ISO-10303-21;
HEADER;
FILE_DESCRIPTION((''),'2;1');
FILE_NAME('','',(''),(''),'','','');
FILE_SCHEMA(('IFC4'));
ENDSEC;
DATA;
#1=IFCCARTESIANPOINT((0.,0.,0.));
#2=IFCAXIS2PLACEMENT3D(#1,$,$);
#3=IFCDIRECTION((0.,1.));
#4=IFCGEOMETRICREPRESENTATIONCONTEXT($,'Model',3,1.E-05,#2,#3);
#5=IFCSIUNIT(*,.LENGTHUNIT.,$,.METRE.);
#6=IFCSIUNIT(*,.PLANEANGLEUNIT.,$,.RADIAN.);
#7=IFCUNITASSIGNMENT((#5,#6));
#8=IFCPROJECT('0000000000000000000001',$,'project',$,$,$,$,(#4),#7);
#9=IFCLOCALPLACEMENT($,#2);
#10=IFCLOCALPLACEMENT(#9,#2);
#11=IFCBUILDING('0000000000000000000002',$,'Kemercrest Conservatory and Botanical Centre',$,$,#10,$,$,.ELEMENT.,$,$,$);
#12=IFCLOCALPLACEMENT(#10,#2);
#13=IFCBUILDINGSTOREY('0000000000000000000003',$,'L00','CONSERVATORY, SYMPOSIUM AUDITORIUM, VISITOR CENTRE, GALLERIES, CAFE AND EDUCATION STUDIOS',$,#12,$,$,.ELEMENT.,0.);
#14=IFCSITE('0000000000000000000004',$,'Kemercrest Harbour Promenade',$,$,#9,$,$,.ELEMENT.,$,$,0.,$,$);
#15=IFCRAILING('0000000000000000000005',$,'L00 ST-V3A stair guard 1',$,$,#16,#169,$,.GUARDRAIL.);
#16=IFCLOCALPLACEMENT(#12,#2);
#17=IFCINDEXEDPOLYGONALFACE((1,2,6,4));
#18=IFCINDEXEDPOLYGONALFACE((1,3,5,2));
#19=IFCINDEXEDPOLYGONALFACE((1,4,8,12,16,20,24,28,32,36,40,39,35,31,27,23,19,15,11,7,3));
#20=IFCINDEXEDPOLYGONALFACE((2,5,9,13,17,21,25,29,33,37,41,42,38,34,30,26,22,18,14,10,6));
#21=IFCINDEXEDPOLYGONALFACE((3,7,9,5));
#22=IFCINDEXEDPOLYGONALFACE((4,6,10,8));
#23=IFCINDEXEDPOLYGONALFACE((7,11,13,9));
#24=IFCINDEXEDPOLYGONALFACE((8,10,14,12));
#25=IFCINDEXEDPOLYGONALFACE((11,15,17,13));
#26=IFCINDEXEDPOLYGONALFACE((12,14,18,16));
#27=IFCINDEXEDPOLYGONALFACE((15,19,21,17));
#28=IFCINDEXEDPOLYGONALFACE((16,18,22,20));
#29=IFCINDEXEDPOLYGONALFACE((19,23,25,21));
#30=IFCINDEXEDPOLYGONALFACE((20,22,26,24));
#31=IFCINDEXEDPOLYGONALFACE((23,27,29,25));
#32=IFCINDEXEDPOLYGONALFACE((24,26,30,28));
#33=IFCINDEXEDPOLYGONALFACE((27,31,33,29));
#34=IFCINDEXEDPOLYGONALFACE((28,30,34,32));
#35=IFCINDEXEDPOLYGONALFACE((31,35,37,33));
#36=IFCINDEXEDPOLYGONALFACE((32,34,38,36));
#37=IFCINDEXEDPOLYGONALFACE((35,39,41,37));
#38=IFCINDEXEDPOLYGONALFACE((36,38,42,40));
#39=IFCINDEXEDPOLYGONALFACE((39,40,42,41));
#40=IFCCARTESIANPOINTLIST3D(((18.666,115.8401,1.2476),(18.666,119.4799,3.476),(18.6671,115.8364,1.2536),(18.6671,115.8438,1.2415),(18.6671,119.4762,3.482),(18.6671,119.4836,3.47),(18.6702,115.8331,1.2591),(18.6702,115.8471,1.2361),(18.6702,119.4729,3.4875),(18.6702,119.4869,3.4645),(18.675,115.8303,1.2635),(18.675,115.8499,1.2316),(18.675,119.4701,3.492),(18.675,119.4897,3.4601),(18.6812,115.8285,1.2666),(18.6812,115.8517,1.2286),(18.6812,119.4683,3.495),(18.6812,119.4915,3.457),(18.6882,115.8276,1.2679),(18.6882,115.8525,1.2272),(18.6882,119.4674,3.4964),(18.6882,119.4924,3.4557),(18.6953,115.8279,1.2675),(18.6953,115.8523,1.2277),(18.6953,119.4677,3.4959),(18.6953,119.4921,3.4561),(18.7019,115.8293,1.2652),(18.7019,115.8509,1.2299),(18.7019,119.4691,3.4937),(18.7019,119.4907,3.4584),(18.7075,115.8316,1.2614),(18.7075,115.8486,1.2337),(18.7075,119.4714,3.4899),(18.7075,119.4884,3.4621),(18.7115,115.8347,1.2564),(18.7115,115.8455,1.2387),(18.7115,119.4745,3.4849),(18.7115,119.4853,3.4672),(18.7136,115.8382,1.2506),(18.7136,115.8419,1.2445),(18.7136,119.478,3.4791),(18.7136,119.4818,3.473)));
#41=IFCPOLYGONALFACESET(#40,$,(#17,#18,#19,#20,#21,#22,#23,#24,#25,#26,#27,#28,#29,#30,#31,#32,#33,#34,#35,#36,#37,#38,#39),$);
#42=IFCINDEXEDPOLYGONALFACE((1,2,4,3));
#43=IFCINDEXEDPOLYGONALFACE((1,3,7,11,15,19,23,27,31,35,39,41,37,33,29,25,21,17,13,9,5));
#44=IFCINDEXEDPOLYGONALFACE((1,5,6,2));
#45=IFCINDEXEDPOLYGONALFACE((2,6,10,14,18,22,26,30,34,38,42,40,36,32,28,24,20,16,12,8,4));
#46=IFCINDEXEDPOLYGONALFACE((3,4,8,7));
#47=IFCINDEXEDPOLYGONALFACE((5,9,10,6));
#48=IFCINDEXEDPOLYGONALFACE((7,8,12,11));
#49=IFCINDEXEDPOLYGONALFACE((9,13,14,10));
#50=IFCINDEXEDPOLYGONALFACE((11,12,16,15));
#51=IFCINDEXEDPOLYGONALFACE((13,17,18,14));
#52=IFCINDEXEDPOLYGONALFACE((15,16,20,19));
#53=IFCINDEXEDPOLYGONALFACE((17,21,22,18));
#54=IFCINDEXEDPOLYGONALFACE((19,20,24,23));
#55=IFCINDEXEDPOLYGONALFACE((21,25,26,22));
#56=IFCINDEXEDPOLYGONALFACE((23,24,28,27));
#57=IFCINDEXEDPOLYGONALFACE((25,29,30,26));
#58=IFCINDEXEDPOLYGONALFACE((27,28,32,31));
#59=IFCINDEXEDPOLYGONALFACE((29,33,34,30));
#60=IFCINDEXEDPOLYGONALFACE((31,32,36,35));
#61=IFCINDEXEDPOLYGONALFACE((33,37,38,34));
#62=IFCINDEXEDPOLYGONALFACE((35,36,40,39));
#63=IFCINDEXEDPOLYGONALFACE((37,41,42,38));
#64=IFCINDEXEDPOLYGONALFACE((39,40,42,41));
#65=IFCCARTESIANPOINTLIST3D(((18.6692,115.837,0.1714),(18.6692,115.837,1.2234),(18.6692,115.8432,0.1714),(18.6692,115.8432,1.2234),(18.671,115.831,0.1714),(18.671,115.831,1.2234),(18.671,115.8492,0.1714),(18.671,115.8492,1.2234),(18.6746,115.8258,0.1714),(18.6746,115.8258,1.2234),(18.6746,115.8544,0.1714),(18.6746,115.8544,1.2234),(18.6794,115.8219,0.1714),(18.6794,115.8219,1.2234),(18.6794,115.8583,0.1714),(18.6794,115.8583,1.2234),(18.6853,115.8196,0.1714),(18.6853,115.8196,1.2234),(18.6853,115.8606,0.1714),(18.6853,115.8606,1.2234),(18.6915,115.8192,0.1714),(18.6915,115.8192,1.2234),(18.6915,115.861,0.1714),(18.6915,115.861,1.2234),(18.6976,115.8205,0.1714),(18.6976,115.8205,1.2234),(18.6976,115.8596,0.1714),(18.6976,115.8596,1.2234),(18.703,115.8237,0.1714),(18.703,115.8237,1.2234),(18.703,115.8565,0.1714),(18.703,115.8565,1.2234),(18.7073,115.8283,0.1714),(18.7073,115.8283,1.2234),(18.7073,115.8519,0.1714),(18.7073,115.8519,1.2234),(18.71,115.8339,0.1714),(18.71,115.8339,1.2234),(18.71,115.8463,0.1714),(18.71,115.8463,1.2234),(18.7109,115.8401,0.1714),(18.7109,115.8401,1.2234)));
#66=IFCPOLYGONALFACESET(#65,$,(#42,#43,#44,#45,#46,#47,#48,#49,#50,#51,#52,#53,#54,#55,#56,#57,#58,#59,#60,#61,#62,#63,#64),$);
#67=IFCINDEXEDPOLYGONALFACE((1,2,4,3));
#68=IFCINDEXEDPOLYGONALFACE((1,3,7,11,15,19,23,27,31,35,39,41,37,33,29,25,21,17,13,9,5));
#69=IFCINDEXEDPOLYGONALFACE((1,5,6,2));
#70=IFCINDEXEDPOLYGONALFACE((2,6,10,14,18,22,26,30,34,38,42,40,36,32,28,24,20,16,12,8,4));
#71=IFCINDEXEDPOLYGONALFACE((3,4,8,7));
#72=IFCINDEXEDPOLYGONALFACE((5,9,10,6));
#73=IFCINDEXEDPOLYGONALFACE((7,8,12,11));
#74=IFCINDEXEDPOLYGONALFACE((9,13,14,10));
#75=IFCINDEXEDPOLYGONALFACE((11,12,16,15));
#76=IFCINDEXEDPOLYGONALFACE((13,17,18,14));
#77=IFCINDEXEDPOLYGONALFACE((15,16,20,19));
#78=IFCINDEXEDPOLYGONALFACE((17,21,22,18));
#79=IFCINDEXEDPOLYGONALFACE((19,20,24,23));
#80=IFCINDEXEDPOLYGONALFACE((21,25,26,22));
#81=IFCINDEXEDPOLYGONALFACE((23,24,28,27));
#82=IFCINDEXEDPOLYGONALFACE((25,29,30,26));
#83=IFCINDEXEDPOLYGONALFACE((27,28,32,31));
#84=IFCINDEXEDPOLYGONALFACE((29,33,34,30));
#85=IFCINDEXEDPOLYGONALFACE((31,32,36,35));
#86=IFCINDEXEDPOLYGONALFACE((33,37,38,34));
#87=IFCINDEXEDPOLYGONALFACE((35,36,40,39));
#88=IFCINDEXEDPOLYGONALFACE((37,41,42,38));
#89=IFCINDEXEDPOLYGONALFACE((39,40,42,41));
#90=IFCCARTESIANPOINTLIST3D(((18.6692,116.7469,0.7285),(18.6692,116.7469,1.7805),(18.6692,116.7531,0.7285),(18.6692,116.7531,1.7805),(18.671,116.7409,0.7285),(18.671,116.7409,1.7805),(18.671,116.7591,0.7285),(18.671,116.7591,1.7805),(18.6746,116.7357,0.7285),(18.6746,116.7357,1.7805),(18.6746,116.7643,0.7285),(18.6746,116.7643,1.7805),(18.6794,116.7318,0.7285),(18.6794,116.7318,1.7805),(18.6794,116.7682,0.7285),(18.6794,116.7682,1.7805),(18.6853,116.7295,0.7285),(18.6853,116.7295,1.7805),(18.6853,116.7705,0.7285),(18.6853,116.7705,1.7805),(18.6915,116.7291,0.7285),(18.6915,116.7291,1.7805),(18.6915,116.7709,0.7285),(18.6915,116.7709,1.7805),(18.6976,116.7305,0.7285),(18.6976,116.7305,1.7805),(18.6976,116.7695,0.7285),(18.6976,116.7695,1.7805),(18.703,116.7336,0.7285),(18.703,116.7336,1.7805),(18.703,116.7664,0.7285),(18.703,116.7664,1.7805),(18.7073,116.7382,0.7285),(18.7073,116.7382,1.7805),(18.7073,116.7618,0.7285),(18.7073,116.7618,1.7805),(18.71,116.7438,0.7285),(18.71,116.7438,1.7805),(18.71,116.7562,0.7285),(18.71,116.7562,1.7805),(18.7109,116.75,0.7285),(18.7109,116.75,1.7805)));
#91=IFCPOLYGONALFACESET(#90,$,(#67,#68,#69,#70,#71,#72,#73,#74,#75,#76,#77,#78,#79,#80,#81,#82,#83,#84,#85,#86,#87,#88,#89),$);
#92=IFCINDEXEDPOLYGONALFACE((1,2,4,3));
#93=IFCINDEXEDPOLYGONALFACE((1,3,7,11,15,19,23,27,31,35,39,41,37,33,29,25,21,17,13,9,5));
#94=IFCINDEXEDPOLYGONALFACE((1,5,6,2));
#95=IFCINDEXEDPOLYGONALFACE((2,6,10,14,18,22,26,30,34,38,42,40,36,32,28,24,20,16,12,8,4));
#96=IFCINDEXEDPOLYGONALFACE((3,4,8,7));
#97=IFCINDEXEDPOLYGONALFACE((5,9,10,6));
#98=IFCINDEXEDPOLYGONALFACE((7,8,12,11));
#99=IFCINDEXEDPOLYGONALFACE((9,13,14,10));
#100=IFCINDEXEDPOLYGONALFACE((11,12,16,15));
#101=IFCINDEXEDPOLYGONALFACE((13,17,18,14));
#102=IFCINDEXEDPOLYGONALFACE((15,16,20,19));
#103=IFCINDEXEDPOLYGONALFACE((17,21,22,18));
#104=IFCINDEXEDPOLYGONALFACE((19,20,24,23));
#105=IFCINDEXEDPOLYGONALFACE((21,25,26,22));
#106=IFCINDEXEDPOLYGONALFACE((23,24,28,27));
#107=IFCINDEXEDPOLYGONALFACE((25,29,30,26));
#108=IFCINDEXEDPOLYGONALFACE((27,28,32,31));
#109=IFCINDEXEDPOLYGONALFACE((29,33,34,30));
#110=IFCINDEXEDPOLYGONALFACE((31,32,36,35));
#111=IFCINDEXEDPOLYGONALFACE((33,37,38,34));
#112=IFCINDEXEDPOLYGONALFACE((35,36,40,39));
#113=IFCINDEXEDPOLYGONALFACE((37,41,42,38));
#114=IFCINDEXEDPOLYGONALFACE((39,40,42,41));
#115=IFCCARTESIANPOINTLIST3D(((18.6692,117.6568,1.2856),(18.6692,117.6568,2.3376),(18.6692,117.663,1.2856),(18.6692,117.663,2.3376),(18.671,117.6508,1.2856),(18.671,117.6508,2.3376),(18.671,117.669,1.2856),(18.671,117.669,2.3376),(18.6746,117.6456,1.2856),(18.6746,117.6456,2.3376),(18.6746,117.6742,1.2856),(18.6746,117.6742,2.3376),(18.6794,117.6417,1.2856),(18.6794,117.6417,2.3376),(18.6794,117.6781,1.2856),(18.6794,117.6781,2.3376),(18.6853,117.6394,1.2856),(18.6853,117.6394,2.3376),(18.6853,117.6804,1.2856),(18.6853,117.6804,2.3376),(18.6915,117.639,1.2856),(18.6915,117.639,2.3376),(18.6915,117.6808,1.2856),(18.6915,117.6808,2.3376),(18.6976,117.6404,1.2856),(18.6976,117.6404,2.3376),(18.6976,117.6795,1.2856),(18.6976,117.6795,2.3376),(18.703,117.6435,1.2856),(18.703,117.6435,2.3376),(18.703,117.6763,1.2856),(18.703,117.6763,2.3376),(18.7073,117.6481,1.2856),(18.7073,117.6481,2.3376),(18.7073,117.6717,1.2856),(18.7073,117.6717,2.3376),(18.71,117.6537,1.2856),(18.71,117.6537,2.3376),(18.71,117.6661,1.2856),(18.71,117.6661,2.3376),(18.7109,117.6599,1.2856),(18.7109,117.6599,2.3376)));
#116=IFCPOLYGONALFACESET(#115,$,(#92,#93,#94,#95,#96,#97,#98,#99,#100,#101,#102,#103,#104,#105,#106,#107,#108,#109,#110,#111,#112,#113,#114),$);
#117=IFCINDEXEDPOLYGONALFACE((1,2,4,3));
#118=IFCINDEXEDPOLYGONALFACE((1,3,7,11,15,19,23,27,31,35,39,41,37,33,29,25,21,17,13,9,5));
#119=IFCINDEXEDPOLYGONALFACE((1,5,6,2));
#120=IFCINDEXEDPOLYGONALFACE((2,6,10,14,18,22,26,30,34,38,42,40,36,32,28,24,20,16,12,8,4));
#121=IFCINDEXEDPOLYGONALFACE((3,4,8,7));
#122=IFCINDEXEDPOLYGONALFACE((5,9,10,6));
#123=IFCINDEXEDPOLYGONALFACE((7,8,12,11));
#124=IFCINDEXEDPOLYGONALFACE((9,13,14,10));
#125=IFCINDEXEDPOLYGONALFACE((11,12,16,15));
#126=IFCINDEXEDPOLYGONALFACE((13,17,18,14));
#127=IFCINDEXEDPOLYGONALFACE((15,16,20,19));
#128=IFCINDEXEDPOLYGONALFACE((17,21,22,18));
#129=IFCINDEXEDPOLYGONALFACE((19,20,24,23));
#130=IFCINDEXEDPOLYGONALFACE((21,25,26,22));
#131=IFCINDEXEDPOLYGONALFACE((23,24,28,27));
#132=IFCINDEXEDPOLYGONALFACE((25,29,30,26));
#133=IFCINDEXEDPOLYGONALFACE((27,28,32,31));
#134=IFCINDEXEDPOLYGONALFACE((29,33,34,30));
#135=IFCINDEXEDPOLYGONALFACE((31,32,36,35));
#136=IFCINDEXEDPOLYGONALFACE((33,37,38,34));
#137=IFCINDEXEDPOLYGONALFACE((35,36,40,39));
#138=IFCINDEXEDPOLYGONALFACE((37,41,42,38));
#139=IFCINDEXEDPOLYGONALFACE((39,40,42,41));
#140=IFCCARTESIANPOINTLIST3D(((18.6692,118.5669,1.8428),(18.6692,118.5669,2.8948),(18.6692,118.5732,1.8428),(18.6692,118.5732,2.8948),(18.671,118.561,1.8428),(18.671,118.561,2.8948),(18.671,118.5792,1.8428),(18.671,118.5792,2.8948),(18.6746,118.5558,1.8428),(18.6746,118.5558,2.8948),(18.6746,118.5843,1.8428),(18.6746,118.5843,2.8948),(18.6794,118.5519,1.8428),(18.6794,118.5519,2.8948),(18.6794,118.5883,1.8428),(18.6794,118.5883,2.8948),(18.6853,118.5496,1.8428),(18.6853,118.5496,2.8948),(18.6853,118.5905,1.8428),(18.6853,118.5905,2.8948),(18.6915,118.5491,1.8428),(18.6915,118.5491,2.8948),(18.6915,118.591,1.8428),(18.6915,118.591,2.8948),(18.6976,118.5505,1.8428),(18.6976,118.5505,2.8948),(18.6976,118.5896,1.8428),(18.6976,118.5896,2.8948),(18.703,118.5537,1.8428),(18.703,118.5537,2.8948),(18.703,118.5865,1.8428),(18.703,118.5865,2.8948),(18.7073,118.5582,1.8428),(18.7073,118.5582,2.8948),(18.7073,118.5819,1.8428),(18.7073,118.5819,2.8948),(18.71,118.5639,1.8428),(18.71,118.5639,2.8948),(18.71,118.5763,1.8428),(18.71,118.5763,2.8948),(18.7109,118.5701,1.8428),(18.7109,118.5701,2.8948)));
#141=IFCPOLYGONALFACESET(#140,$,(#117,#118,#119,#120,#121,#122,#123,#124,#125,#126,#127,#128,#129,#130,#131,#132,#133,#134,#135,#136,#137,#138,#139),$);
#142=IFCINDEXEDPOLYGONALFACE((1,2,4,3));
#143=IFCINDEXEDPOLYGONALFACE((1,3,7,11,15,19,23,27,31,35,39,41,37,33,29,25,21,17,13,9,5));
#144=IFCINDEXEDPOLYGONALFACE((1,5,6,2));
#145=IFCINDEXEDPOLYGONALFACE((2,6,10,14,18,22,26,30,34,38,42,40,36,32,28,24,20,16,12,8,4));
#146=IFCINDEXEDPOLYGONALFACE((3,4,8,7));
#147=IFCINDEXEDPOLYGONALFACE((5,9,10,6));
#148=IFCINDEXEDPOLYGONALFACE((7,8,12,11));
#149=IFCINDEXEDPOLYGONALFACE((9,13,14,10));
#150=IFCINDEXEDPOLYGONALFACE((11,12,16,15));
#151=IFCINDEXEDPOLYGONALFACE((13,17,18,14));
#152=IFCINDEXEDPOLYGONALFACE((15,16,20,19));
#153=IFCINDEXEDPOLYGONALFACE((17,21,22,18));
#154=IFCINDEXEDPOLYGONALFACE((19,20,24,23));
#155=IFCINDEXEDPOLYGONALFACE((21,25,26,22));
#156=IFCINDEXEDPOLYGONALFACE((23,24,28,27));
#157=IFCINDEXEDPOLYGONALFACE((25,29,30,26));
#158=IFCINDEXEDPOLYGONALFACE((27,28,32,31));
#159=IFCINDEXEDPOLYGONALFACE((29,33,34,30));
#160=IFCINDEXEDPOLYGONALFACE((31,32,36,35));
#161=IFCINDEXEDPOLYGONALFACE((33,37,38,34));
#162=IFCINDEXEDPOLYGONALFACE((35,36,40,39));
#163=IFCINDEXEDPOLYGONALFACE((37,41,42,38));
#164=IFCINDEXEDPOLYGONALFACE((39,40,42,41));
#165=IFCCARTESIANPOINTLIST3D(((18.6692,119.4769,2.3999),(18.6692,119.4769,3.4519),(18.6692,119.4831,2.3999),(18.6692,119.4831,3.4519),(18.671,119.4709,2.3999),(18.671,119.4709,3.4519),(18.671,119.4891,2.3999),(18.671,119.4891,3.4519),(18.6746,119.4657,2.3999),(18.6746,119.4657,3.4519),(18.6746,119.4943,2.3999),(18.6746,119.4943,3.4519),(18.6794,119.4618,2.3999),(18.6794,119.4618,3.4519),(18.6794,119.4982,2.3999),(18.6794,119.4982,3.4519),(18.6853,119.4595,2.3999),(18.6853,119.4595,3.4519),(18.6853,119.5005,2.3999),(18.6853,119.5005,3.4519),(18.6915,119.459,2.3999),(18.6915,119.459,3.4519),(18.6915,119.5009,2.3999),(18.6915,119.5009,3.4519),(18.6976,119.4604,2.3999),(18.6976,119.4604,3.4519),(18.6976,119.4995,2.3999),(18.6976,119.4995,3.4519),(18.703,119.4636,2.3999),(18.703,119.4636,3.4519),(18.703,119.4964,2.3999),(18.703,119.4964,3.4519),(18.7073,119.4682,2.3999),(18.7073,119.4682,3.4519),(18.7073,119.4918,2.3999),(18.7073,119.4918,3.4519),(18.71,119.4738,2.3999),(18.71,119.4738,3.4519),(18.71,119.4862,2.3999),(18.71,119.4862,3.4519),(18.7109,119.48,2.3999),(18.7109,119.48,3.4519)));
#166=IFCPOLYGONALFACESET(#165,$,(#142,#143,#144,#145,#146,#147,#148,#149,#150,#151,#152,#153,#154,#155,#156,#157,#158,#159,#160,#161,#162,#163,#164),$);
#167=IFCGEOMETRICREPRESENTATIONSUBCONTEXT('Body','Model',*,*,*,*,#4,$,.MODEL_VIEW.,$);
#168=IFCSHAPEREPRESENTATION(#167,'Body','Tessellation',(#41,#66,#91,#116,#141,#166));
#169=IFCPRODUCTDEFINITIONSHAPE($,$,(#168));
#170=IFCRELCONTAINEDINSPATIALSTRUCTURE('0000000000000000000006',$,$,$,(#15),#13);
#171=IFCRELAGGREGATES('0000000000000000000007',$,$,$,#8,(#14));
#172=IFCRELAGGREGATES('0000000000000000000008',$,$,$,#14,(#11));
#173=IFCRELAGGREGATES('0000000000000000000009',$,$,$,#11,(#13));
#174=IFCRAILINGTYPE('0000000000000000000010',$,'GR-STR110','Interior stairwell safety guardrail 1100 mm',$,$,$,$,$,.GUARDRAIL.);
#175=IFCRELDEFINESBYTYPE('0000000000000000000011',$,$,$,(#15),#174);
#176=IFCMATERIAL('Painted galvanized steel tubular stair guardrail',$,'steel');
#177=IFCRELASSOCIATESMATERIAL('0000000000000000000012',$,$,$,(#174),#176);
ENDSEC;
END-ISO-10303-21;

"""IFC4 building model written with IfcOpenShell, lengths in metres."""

from ifc_helpers import new_model, si_unit, direction, frame, origin, origin_2d, place, context, subcontext, project, spatial, circle, extrude, material, type_object, element, save


model = new_model("IFC4")

# Units and contexts
model_context = context("Model", 3, precision=1e-05, world=origin(), true_north=direction((0.0, 1.0)))
body_context = subcontext(model_context, "Body", "Model", "MODEL_VIEW")
ifc_project = project(units=[si_unit("LENGTHUNIT", "METRE"), si_unit("PLANEANGLEUNIT", "RADIAN")], contexts=[model_context])

# Site, building, storey
site_placement = place(None, origin())
site = spatial("IfcSite", under=ifc_project, at=site_placement, Name="Kemercrest Harbour Promenade", CompositionType="ELEMENT", RefElevation=0.0)
building_placement = place(site_placement, origin())
building = spatial("IfcBuilding", under=site, at=building_placement, Name="Kemercrest Conservatory and Botanical Centre", CompositionType="ELEMENT")
storey_placement = place(building_placement, origin())
storey = spatial("IfcBuildingStorey", under=building, at=storey_placement, Name="L00", Description="CONSERVATORY, SYMPOSIUM AUDITORIUM, VISITOR CENTRE, GALLERIES, CAFE AND EDUCATION STUDIOS", CompositionType="ELEMENT", Elevation=0.0)

# Railing
ifc_material_1 = material(Name="Painted galvanized steel tubular stair guardrail", Category="steel")
railing_type_1 = type_object("IfcRailingType", Name="GR-STR110", Description="Interior stairwell safety guardrail 1100 mm", PredefinedType="GUARDRAIL", material=ifc_material_1)
railing_1_placement = place(storey_placement, frame((18.6899, 115.8401, 0.1714)))
element("IfcRailing", 1, at=railing_1_placement, inside=storey, type_object=railing_type_1, Name="L00 ST-V3A stair guard 1", PredefinedType="GUARDRAIL", context=body_context, shape_type="SweptSolid", body=[
    extrude(circle(Radius=0.0239, at=origin_2d()), frame((0.0, 0.0, 1.0762), z_axis=(0.0, 0.85285, 0.522156), x_axis=(-1.0, 0.0, 0.0)), (0.0, 0.0, 1.0), 4.2678),
    extrude(circle(Radius=0.021, at=origin_2d()), origin(), (0.0, 0.0, 1.0), 1.052),
    extrude(circle(Radius=0.021, at=origin_2d()), frame((0.0, 0.9099, 0.5571)), (0.0, 0.0, 1.0), 1.052),
    extrude(circle(Radius=0.021, at=origin_2d()), frame((0.0, 1.8198, 1.1143)), (0.0, 0.0, 1.0), 1.052),
    extrude(circle(Radius=0.021, at=origin_2d()), frame((0.0, 2.73, 1.6714)), (0.0, 0.0, 1.0), 1.052),
    extrude(circle(Radius=0.021, at=origin_2d()), frame((0.0, 3.6399, 2.2285)), (0.0, 0.0, 1.0), 1.052),
])

save(model, "model.ifc")
